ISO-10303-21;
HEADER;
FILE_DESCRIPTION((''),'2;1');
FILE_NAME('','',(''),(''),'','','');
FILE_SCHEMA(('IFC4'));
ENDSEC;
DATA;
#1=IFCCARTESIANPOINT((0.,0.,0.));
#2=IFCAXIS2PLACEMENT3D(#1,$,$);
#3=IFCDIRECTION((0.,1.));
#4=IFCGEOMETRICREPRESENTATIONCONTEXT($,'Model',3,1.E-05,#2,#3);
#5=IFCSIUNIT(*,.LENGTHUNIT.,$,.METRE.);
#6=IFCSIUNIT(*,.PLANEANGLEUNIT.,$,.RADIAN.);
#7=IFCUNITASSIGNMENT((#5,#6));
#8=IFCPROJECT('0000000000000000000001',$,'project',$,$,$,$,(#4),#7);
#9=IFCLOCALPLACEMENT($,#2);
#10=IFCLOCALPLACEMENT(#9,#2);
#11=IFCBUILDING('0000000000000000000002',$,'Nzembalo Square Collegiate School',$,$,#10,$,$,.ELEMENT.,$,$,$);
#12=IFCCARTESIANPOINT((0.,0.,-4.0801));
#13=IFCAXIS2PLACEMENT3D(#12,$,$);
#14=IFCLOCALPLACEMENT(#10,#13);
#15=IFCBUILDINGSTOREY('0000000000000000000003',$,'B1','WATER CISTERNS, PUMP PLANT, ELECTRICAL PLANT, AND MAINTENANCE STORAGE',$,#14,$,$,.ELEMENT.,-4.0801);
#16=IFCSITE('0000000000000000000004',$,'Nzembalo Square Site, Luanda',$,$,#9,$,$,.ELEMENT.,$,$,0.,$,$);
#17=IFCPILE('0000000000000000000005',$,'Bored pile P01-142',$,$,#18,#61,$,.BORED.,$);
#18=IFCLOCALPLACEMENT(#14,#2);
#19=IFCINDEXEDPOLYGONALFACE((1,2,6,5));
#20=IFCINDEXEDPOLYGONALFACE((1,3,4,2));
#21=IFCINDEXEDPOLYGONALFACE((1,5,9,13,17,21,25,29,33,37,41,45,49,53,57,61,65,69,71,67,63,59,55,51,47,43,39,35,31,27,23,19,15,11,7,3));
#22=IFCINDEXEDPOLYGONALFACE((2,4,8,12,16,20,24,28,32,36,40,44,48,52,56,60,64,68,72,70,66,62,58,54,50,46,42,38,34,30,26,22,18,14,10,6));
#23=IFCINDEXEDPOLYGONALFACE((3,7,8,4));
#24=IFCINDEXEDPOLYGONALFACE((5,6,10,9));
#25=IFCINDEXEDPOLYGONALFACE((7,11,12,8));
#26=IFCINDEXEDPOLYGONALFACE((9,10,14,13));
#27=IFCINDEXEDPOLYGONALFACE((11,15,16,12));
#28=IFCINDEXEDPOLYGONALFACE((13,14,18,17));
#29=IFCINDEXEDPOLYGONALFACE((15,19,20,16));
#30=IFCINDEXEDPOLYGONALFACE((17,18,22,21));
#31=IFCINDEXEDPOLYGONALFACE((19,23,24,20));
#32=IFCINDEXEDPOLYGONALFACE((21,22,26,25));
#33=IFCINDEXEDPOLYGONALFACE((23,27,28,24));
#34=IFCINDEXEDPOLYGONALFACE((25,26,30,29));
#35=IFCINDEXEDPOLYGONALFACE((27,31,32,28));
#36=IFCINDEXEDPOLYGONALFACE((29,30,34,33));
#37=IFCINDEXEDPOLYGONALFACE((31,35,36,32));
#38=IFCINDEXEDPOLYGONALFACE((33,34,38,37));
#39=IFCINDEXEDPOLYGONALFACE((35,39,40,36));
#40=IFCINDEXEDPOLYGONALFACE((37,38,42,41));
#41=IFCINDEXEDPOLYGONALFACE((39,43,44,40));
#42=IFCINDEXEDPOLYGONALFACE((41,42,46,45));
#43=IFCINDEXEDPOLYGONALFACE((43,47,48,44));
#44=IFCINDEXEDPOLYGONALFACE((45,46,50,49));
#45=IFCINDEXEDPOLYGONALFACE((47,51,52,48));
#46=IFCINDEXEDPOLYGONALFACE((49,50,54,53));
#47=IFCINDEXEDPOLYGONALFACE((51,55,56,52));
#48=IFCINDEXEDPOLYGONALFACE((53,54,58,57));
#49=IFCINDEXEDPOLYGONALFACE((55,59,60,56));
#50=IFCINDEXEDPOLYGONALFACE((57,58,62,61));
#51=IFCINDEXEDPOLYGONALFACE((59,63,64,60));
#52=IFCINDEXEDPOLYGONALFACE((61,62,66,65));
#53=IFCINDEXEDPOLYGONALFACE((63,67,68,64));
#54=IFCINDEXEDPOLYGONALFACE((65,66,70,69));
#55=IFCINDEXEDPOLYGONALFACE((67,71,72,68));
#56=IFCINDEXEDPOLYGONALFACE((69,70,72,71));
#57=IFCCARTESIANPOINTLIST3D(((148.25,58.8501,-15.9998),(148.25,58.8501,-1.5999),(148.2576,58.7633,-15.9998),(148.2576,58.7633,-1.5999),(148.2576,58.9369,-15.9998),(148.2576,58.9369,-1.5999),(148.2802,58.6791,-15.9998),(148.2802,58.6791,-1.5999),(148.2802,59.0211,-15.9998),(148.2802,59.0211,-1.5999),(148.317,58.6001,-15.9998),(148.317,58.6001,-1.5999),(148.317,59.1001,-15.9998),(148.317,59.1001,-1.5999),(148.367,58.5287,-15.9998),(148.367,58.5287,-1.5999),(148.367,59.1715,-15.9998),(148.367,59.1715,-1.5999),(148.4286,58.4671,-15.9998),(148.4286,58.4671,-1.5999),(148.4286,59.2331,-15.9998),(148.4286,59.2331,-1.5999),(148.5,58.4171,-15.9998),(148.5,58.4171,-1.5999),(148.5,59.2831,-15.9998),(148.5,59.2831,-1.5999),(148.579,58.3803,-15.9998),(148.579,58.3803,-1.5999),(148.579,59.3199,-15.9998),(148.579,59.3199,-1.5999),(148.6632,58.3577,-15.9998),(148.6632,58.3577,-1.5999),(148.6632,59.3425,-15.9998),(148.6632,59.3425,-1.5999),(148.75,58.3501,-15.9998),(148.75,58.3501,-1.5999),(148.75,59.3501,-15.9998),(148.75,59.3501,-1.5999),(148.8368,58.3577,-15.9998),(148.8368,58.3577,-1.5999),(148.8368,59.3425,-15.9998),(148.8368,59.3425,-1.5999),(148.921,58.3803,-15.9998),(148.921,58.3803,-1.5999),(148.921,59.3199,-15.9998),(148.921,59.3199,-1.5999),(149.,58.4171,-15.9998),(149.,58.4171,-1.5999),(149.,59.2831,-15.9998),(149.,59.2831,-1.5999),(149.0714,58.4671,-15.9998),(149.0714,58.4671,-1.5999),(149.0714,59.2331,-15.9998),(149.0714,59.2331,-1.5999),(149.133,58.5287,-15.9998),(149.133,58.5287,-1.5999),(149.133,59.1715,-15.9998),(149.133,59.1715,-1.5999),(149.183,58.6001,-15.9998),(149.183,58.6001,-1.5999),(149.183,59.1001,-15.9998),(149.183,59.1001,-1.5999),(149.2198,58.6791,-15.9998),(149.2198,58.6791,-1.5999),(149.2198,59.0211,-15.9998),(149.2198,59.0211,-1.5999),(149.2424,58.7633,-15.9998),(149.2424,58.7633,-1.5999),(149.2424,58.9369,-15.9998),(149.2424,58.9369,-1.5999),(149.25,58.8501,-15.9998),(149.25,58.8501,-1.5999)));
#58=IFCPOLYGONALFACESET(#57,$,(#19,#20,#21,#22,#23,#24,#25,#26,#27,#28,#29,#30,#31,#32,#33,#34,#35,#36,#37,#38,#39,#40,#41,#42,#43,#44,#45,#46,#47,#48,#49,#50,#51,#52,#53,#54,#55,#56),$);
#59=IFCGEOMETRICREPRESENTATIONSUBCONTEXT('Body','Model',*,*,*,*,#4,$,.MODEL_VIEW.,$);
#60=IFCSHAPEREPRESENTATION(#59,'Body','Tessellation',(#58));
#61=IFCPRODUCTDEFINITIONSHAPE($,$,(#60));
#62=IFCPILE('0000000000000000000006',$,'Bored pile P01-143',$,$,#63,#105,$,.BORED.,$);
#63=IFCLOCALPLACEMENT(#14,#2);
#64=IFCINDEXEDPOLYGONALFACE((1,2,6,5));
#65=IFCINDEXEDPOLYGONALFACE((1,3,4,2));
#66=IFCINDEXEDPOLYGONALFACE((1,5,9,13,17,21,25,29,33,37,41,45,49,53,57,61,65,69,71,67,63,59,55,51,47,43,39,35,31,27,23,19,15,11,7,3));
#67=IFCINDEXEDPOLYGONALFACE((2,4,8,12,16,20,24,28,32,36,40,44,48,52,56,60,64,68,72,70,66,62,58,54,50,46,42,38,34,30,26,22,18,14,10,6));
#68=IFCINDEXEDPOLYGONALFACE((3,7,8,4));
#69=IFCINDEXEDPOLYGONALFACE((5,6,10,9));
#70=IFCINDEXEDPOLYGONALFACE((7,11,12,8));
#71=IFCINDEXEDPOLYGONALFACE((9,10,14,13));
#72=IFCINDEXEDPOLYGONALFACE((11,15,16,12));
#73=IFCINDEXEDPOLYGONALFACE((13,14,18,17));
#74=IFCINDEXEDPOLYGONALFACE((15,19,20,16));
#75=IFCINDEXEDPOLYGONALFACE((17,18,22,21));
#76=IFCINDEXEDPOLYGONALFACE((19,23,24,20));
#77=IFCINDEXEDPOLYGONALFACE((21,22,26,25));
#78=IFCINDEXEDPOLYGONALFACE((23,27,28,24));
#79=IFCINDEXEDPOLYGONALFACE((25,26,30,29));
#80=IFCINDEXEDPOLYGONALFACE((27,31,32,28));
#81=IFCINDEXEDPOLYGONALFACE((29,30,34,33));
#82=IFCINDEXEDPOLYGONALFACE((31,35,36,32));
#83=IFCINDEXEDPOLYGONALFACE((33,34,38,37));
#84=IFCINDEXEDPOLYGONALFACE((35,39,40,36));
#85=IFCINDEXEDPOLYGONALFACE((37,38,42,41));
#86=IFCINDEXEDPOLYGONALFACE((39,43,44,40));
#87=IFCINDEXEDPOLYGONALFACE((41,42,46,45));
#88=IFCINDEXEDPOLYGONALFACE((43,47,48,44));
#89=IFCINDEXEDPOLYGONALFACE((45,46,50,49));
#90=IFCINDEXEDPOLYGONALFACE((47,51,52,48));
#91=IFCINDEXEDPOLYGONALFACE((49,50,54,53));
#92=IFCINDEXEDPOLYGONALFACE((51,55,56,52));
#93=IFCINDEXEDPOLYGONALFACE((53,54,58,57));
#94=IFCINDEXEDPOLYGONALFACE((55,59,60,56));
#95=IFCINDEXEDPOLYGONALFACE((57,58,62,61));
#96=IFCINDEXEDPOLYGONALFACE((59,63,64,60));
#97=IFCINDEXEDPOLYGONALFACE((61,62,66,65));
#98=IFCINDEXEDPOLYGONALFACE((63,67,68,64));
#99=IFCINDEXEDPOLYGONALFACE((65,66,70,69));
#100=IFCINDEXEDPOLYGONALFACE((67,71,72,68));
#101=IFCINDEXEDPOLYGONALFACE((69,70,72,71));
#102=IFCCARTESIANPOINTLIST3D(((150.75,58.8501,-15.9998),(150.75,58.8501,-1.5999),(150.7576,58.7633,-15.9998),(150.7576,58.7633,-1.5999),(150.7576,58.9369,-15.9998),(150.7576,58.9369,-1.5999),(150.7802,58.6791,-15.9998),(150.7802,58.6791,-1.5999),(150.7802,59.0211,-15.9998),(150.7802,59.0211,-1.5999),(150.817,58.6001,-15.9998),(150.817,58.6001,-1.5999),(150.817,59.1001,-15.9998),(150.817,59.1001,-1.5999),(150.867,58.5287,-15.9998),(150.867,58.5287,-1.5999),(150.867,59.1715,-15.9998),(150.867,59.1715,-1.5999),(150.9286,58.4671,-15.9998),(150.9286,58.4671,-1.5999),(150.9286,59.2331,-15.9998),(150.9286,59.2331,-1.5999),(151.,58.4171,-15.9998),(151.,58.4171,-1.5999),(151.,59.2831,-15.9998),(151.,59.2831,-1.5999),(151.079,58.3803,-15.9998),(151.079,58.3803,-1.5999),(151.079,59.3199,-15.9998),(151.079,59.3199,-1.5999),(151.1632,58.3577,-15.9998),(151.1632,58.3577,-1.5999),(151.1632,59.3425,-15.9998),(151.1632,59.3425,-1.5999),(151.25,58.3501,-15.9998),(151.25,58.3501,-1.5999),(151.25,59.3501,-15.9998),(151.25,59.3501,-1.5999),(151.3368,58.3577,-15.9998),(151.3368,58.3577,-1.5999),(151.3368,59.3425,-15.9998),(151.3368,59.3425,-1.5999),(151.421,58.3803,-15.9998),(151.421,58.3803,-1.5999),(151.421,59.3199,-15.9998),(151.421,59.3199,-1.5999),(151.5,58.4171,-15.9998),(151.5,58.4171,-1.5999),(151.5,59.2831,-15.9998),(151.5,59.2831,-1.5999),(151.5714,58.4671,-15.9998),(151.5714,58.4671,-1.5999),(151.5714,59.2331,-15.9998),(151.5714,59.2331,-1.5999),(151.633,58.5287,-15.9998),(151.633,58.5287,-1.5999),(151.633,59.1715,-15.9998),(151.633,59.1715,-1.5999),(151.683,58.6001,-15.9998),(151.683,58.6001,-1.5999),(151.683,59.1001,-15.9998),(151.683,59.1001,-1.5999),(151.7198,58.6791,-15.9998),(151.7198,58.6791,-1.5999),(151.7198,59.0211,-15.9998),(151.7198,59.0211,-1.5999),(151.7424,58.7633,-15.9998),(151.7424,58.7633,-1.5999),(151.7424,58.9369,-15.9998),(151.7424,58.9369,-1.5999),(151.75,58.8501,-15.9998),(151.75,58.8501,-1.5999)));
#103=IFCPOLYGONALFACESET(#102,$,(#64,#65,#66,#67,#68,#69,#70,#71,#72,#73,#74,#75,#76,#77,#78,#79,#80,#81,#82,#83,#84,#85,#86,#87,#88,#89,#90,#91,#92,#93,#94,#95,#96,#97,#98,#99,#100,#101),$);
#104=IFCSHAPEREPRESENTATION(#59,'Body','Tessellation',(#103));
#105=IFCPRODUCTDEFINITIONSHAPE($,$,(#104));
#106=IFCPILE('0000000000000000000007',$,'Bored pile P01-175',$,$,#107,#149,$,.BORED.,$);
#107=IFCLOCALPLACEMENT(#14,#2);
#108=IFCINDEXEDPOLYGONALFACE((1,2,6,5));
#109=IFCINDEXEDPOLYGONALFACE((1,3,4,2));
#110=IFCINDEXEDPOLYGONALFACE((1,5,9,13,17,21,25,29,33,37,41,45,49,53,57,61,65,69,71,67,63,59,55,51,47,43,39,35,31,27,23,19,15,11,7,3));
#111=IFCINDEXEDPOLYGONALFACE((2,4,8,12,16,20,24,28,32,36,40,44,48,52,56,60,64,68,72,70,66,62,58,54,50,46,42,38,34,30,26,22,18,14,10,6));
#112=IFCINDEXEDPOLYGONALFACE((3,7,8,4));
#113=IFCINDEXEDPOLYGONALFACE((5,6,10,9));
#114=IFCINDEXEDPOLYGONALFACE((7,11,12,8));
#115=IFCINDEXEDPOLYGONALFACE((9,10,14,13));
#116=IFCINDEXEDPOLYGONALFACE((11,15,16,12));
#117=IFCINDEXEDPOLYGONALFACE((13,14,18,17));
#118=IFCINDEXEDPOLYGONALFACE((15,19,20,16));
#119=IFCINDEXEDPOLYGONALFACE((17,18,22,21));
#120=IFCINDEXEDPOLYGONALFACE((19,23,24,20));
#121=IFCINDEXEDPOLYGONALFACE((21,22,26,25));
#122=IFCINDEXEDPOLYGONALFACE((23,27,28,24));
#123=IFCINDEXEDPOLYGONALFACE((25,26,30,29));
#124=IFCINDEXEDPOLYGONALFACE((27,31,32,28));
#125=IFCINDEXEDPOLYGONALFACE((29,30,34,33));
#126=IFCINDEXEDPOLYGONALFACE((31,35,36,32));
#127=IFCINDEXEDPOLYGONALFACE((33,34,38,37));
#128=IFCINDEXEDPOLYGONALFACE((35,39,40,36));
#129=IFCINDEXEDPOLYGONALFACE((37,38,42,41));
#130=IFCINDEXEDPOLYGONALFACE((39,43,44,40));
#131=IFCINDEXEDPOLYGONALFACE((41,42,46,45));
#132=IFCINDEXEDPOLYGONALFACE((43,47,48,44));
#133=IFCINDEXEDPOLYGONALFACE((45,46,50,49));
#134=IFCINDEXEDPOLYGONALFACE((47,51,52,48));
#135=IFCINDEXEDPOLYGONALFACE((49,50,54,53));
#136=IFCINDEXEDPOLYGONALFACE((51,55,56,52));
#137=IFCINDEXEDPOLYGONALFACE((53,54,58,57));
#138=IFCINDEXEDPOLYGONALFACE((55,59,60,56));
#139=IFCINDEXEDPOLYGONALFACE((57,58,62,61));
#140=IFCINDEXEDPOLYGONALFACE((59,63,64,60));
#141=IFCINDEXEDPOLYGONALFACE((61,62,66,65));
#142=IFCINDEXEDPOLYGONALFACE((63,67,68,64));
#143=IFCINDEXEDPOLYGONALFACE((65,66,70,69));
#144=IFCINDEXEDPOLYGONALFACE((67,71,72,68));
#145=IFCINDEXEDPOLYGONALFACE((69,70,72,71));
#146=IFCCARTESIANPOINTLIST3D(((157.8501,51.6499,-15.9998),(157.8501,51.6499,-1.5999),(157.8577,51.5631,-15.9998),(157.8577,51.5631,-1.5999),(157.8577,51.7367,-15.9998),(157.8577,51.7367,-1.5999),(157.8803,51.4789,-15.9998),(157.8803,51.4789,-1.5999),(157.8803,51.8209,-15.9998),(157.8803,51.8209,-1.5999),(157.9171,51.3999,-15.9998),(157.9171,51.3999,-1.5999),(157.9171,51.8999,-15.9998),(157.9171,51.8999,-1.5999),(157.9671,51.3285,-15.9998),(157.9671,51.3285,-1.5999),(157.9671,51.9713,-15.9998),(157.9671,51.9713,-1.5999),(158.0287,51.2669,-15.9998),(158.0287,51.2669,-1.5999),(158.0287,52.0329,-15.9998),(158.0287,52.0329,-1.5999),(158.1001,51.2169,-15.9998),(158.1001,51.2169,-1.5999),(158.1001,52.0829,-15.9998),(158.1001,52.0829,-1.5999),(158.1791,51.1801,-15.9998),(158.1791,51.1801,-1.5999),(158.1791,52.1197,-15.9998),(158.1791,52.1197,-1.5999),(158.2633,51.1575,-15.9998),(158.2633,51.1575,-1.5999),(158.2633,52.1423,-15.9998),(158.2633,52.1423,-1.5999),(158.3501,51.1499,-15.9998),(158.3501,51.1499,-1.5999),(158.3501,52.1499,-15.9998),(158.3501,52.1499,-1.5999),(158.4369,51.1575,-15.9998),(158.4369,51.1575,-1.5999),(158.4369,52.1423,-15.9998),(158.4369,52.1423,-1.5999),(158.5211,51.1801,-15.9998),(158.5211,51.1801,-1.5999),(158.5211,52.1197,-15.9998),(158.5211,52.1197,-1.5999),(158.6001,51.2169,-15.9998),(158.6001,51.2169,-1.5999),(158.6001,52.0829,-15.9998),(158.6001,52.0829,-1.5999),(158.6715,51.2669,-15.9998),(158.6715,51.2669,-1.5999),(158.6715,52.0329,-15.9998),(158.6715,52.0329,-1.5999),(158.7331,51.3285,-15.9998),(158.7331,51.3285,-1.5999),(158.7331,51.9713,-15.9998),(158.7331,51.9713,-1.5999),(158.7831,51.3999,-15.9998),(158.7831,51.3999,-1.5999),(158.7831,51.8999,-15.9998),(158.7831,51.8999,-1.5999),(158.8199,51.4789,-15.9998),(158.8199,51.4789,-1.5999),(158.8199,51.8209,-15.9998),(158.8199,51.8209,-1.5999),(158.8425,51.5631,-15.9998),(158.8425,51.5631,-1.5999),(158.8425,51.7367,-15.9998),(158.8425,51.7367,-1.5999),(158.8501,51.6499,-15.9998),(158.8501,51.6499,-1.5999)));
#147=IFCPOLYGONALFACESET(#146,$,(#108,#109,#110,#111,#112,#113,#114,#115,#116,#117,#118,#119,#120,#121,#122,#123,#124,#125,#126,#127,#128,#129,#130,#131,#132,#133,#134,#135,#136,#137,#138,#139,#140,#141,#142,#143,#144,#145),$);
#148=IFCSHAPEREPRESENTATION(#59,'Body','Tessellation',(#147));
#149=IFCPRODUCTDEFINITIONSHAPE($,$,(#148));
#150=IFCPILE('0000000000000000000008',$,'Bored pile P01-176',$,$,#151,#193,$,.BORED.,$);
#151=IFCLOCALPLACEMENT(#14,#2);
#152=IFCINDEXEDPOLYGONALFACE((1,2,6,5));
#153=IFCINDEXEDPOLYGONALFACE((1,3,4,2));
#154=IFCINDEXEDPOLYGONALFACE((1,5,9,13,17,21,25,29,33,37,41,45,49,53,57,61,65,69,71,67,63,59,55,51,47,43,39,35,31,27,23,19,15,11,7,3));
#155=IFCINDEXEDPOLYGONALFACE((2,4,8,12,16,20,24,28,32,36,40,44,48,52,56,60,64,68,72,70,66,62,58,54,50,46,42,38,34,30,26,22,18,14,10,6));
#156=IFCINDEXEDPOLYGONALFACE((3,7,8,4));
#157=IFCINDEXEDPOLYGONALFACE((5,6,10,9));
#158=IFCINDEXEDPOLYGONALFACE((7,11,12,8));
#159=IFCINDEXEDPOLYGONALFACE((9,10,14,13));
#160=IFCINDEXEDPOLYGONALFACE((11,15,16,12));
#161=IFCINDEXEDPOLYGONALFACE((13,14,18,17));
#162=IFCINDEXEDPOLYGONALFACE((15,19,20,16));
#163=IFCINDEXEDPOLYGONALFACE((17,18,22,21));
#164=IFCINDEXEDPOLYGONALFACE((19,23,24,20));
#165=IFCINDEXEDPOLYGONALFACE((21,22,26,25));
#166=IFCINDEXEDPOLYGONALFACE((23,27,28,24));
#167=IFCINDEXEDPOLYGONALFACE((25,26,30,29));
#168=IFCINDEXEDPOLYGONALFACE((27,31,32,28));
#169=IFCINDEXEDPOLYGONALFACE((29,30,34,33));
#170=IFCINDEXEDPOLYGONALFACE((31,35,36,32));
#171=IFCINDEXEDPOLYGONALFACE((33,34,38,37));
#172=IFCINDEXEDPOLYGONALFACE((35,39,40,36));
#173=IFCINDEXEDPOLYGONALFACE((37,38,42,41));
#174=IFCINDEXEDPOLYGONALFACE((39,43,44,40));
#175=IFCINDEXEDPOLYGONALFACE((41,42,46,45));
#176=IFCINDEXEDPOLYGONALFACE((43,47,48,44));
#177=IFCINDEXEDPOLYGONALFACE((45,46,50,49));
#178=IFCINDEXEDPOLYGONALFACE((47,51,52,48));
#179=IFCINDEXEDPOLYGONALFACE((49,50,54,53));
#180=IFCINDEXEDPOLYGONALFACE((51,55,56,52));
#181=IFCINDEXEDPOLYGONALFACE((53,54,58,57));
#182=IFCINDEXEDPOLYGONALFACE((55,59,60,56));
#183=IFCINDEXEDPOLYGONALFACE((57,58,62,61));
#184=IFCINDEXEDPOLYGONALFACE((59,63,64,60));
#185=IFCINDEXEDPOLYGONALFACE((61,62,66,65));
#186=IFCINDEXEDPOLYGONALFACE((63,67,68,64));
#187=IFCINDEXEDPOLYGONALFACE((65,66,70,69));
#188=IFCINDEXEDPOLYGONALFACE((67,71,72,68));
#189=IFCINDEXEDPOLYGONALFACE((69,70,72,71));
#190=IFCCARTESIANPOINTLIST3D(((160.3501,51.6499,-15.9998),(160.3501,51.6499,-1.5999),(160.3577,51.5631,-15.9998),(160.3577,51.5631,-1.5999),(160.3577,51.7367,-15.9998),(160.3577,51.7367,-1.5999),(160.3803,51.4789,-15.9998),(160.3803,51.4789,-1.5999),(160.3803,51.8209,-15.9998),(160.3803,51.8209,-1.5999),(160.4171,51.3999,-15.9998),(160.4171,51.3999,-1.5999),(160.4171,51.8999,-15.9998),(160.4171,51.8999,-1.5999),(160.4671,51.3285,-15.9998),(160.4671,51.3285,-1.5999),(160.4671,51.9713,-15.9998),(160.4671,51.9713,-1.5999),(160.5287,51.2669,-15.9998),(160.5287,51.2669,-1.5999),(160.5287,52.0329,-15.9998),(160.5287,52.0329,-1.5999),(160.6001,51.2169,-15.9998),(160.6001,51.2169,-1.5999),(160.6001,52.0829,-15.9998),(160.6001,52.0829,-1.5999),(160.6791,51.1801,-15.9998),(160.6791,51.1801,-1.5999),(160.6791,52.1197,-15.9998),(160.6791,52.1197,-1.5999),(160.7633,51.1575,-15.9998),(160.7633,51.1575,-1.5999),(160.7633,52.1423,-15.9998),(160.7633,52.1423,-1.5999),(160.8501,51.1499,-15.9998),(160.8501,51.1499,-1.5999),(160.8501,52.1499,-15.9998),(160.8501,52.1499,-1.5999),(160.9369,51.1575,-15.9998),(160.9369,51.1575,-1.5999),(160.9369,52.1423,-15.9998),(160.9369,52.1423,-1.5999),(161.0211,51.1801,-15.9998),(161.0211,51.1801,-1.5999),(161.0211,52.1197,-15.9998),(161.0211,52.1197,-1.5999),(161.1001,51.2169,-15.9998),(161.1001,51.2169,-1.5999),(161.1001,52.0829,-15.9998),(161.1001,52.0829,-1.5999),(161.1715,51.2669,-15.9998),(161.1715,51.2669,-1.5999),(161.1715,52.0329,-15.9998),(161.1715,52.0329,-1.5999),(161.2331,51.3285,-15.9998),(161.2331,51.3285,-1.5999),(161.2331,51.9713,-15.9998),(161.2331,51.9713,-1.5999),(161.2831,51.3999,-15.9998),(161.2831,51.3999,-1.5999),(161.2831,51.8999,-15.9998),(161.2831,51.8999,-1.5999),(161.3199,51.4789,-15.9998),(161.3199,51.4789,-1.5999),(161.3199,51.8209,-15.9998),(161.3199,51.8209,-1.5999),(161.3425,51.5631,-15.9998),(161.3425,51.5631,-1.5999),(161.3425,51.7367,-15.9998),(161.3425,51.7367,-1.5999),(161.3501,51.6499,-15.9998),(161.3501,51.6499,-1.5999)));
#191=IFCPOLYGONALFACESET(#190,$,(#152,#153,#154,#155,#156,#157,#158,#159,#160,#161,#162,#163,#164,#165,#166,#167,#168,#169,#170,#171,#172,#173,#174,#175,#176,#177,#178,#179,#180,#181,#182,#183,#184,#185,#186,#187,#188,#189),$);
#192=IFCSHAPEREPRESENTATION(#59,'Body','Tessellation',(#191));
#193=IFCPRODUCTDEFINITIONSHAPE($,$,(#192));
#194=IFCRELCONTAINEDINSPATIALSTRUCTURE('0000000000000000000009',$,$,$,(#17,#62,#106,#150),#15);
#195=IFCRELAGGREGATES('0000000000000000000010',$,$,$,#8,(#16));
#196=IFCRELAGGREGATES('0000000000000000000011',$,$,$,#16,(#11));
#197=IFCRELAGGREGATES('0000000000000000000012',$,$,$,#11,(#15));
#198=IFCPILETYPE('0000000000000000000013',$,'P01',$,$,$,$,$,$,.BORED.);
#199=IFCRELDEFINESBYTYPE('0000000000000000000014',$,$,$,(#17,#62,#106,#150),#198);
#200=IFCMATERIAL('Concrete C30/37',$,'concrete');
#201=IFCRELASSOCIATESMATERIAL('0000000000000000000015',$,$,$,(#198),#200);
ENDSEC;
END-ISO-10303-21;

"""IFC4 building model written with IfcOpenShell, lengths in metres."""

from ifc_helpers import new_model, si_unit, direction, frame, origin, origin_2d, place, context, subcontext, project, spatial, circle, extrude, material, material_profile, profile_set, type_object, element, save


model = new_model("IFC4")

# Units and contexts
model_context = context("Model", 3, precision=1e-05, world=origin(), true_north=direction((0.0, 1.0)))
body_context = subcontext(model_context, "Body", "Model", "MODEL_VIEW")
ifc_project = project(units=[si_unit("LENGTHUNIT", "METRE"), si_unit("PLANEANGLEUNIT", "RADIAN")], contexts=[model_context])

# Site, building, storey
site_placement = place(None, origin())
site = spatial("IfcSite", under=ifc_project, at=site_placement, Name="Nzembalo Square Site, Luanda", CompositionType="ELEMENT", RefElevation=0.0)
building_placement = place(site_placement, origin())
building = spatial("IfcBuilding", under=site, at=building_placement, Name="Nzembalo Square Collegiate School", CompositionType="ELEMENT")
storey_placement = place(building_placement, frame((0.0, 0.0, -4.0801)))
storey = spatial("IfcBuildingStorey", under=building, at=storey_placement, Name="B1", Description="WATER CISTERNS, PUMP PLANT, ELECTRICAL PLANT, AND MAINTENANCE STORAGE", CompositionType="ELEMENT", Elevation=-4.0801)

# Piles
ifc_material_1 = material(Name="Concrete C30/37", Category="concrete")
ifc_material_profile_1 = material_profile(ifc_material_1, circle(Radius=0.5, at=origin_2d()), Name="PILE D1000")
ifc_profile_set_1 = profile_set([ifc_material_profile_1], Name="Concrete C30/37")
pile_type_1 = type_object("IfcPileType", Name="P01", PredefinedType="BORED", material=ifc_profile_set_1)
for number, where, z_axis, x_axis, name in (
    (1, (148.75, 58.8501, -1.5999), (0.0, 0.0, -1.0), (1.0, 0.0, 0.0), "Bored pile P01-142"),
    (2, (151.25, 58.8501, -1.5999), (0.0, 0.0, -1.0), (1.0, 0.0, 0.0), "Bored pile P01-143"),
    (3, (158.3501, 51.6499, -1.5999), (0.0, 0.0, -1.0), (1.0, 0.0, 0.0), "Bored pile P01-175"),
    (4, (160.8501, 51.6499, -1.5999), (0.0, 0.0, -1.0), (1.0, 0.0, 0.0), "Bored pile P01-176"),
):
    element("IfcPile", number, at=place(storey_placement, frame(where, z_axis=z_axis, x_axis=x_axis)), inside=storey, type_object=pile_type_1, Name=name, PredefinedType="BORED", context=body_context, shape_type="SweptSolid", body=[
        extrude(circle(Radius=0.5, at=origin_2d()), origin(), (0.0, 0.0, 1.0), 14.3999),
    ])

save(model, "model.ifc")
